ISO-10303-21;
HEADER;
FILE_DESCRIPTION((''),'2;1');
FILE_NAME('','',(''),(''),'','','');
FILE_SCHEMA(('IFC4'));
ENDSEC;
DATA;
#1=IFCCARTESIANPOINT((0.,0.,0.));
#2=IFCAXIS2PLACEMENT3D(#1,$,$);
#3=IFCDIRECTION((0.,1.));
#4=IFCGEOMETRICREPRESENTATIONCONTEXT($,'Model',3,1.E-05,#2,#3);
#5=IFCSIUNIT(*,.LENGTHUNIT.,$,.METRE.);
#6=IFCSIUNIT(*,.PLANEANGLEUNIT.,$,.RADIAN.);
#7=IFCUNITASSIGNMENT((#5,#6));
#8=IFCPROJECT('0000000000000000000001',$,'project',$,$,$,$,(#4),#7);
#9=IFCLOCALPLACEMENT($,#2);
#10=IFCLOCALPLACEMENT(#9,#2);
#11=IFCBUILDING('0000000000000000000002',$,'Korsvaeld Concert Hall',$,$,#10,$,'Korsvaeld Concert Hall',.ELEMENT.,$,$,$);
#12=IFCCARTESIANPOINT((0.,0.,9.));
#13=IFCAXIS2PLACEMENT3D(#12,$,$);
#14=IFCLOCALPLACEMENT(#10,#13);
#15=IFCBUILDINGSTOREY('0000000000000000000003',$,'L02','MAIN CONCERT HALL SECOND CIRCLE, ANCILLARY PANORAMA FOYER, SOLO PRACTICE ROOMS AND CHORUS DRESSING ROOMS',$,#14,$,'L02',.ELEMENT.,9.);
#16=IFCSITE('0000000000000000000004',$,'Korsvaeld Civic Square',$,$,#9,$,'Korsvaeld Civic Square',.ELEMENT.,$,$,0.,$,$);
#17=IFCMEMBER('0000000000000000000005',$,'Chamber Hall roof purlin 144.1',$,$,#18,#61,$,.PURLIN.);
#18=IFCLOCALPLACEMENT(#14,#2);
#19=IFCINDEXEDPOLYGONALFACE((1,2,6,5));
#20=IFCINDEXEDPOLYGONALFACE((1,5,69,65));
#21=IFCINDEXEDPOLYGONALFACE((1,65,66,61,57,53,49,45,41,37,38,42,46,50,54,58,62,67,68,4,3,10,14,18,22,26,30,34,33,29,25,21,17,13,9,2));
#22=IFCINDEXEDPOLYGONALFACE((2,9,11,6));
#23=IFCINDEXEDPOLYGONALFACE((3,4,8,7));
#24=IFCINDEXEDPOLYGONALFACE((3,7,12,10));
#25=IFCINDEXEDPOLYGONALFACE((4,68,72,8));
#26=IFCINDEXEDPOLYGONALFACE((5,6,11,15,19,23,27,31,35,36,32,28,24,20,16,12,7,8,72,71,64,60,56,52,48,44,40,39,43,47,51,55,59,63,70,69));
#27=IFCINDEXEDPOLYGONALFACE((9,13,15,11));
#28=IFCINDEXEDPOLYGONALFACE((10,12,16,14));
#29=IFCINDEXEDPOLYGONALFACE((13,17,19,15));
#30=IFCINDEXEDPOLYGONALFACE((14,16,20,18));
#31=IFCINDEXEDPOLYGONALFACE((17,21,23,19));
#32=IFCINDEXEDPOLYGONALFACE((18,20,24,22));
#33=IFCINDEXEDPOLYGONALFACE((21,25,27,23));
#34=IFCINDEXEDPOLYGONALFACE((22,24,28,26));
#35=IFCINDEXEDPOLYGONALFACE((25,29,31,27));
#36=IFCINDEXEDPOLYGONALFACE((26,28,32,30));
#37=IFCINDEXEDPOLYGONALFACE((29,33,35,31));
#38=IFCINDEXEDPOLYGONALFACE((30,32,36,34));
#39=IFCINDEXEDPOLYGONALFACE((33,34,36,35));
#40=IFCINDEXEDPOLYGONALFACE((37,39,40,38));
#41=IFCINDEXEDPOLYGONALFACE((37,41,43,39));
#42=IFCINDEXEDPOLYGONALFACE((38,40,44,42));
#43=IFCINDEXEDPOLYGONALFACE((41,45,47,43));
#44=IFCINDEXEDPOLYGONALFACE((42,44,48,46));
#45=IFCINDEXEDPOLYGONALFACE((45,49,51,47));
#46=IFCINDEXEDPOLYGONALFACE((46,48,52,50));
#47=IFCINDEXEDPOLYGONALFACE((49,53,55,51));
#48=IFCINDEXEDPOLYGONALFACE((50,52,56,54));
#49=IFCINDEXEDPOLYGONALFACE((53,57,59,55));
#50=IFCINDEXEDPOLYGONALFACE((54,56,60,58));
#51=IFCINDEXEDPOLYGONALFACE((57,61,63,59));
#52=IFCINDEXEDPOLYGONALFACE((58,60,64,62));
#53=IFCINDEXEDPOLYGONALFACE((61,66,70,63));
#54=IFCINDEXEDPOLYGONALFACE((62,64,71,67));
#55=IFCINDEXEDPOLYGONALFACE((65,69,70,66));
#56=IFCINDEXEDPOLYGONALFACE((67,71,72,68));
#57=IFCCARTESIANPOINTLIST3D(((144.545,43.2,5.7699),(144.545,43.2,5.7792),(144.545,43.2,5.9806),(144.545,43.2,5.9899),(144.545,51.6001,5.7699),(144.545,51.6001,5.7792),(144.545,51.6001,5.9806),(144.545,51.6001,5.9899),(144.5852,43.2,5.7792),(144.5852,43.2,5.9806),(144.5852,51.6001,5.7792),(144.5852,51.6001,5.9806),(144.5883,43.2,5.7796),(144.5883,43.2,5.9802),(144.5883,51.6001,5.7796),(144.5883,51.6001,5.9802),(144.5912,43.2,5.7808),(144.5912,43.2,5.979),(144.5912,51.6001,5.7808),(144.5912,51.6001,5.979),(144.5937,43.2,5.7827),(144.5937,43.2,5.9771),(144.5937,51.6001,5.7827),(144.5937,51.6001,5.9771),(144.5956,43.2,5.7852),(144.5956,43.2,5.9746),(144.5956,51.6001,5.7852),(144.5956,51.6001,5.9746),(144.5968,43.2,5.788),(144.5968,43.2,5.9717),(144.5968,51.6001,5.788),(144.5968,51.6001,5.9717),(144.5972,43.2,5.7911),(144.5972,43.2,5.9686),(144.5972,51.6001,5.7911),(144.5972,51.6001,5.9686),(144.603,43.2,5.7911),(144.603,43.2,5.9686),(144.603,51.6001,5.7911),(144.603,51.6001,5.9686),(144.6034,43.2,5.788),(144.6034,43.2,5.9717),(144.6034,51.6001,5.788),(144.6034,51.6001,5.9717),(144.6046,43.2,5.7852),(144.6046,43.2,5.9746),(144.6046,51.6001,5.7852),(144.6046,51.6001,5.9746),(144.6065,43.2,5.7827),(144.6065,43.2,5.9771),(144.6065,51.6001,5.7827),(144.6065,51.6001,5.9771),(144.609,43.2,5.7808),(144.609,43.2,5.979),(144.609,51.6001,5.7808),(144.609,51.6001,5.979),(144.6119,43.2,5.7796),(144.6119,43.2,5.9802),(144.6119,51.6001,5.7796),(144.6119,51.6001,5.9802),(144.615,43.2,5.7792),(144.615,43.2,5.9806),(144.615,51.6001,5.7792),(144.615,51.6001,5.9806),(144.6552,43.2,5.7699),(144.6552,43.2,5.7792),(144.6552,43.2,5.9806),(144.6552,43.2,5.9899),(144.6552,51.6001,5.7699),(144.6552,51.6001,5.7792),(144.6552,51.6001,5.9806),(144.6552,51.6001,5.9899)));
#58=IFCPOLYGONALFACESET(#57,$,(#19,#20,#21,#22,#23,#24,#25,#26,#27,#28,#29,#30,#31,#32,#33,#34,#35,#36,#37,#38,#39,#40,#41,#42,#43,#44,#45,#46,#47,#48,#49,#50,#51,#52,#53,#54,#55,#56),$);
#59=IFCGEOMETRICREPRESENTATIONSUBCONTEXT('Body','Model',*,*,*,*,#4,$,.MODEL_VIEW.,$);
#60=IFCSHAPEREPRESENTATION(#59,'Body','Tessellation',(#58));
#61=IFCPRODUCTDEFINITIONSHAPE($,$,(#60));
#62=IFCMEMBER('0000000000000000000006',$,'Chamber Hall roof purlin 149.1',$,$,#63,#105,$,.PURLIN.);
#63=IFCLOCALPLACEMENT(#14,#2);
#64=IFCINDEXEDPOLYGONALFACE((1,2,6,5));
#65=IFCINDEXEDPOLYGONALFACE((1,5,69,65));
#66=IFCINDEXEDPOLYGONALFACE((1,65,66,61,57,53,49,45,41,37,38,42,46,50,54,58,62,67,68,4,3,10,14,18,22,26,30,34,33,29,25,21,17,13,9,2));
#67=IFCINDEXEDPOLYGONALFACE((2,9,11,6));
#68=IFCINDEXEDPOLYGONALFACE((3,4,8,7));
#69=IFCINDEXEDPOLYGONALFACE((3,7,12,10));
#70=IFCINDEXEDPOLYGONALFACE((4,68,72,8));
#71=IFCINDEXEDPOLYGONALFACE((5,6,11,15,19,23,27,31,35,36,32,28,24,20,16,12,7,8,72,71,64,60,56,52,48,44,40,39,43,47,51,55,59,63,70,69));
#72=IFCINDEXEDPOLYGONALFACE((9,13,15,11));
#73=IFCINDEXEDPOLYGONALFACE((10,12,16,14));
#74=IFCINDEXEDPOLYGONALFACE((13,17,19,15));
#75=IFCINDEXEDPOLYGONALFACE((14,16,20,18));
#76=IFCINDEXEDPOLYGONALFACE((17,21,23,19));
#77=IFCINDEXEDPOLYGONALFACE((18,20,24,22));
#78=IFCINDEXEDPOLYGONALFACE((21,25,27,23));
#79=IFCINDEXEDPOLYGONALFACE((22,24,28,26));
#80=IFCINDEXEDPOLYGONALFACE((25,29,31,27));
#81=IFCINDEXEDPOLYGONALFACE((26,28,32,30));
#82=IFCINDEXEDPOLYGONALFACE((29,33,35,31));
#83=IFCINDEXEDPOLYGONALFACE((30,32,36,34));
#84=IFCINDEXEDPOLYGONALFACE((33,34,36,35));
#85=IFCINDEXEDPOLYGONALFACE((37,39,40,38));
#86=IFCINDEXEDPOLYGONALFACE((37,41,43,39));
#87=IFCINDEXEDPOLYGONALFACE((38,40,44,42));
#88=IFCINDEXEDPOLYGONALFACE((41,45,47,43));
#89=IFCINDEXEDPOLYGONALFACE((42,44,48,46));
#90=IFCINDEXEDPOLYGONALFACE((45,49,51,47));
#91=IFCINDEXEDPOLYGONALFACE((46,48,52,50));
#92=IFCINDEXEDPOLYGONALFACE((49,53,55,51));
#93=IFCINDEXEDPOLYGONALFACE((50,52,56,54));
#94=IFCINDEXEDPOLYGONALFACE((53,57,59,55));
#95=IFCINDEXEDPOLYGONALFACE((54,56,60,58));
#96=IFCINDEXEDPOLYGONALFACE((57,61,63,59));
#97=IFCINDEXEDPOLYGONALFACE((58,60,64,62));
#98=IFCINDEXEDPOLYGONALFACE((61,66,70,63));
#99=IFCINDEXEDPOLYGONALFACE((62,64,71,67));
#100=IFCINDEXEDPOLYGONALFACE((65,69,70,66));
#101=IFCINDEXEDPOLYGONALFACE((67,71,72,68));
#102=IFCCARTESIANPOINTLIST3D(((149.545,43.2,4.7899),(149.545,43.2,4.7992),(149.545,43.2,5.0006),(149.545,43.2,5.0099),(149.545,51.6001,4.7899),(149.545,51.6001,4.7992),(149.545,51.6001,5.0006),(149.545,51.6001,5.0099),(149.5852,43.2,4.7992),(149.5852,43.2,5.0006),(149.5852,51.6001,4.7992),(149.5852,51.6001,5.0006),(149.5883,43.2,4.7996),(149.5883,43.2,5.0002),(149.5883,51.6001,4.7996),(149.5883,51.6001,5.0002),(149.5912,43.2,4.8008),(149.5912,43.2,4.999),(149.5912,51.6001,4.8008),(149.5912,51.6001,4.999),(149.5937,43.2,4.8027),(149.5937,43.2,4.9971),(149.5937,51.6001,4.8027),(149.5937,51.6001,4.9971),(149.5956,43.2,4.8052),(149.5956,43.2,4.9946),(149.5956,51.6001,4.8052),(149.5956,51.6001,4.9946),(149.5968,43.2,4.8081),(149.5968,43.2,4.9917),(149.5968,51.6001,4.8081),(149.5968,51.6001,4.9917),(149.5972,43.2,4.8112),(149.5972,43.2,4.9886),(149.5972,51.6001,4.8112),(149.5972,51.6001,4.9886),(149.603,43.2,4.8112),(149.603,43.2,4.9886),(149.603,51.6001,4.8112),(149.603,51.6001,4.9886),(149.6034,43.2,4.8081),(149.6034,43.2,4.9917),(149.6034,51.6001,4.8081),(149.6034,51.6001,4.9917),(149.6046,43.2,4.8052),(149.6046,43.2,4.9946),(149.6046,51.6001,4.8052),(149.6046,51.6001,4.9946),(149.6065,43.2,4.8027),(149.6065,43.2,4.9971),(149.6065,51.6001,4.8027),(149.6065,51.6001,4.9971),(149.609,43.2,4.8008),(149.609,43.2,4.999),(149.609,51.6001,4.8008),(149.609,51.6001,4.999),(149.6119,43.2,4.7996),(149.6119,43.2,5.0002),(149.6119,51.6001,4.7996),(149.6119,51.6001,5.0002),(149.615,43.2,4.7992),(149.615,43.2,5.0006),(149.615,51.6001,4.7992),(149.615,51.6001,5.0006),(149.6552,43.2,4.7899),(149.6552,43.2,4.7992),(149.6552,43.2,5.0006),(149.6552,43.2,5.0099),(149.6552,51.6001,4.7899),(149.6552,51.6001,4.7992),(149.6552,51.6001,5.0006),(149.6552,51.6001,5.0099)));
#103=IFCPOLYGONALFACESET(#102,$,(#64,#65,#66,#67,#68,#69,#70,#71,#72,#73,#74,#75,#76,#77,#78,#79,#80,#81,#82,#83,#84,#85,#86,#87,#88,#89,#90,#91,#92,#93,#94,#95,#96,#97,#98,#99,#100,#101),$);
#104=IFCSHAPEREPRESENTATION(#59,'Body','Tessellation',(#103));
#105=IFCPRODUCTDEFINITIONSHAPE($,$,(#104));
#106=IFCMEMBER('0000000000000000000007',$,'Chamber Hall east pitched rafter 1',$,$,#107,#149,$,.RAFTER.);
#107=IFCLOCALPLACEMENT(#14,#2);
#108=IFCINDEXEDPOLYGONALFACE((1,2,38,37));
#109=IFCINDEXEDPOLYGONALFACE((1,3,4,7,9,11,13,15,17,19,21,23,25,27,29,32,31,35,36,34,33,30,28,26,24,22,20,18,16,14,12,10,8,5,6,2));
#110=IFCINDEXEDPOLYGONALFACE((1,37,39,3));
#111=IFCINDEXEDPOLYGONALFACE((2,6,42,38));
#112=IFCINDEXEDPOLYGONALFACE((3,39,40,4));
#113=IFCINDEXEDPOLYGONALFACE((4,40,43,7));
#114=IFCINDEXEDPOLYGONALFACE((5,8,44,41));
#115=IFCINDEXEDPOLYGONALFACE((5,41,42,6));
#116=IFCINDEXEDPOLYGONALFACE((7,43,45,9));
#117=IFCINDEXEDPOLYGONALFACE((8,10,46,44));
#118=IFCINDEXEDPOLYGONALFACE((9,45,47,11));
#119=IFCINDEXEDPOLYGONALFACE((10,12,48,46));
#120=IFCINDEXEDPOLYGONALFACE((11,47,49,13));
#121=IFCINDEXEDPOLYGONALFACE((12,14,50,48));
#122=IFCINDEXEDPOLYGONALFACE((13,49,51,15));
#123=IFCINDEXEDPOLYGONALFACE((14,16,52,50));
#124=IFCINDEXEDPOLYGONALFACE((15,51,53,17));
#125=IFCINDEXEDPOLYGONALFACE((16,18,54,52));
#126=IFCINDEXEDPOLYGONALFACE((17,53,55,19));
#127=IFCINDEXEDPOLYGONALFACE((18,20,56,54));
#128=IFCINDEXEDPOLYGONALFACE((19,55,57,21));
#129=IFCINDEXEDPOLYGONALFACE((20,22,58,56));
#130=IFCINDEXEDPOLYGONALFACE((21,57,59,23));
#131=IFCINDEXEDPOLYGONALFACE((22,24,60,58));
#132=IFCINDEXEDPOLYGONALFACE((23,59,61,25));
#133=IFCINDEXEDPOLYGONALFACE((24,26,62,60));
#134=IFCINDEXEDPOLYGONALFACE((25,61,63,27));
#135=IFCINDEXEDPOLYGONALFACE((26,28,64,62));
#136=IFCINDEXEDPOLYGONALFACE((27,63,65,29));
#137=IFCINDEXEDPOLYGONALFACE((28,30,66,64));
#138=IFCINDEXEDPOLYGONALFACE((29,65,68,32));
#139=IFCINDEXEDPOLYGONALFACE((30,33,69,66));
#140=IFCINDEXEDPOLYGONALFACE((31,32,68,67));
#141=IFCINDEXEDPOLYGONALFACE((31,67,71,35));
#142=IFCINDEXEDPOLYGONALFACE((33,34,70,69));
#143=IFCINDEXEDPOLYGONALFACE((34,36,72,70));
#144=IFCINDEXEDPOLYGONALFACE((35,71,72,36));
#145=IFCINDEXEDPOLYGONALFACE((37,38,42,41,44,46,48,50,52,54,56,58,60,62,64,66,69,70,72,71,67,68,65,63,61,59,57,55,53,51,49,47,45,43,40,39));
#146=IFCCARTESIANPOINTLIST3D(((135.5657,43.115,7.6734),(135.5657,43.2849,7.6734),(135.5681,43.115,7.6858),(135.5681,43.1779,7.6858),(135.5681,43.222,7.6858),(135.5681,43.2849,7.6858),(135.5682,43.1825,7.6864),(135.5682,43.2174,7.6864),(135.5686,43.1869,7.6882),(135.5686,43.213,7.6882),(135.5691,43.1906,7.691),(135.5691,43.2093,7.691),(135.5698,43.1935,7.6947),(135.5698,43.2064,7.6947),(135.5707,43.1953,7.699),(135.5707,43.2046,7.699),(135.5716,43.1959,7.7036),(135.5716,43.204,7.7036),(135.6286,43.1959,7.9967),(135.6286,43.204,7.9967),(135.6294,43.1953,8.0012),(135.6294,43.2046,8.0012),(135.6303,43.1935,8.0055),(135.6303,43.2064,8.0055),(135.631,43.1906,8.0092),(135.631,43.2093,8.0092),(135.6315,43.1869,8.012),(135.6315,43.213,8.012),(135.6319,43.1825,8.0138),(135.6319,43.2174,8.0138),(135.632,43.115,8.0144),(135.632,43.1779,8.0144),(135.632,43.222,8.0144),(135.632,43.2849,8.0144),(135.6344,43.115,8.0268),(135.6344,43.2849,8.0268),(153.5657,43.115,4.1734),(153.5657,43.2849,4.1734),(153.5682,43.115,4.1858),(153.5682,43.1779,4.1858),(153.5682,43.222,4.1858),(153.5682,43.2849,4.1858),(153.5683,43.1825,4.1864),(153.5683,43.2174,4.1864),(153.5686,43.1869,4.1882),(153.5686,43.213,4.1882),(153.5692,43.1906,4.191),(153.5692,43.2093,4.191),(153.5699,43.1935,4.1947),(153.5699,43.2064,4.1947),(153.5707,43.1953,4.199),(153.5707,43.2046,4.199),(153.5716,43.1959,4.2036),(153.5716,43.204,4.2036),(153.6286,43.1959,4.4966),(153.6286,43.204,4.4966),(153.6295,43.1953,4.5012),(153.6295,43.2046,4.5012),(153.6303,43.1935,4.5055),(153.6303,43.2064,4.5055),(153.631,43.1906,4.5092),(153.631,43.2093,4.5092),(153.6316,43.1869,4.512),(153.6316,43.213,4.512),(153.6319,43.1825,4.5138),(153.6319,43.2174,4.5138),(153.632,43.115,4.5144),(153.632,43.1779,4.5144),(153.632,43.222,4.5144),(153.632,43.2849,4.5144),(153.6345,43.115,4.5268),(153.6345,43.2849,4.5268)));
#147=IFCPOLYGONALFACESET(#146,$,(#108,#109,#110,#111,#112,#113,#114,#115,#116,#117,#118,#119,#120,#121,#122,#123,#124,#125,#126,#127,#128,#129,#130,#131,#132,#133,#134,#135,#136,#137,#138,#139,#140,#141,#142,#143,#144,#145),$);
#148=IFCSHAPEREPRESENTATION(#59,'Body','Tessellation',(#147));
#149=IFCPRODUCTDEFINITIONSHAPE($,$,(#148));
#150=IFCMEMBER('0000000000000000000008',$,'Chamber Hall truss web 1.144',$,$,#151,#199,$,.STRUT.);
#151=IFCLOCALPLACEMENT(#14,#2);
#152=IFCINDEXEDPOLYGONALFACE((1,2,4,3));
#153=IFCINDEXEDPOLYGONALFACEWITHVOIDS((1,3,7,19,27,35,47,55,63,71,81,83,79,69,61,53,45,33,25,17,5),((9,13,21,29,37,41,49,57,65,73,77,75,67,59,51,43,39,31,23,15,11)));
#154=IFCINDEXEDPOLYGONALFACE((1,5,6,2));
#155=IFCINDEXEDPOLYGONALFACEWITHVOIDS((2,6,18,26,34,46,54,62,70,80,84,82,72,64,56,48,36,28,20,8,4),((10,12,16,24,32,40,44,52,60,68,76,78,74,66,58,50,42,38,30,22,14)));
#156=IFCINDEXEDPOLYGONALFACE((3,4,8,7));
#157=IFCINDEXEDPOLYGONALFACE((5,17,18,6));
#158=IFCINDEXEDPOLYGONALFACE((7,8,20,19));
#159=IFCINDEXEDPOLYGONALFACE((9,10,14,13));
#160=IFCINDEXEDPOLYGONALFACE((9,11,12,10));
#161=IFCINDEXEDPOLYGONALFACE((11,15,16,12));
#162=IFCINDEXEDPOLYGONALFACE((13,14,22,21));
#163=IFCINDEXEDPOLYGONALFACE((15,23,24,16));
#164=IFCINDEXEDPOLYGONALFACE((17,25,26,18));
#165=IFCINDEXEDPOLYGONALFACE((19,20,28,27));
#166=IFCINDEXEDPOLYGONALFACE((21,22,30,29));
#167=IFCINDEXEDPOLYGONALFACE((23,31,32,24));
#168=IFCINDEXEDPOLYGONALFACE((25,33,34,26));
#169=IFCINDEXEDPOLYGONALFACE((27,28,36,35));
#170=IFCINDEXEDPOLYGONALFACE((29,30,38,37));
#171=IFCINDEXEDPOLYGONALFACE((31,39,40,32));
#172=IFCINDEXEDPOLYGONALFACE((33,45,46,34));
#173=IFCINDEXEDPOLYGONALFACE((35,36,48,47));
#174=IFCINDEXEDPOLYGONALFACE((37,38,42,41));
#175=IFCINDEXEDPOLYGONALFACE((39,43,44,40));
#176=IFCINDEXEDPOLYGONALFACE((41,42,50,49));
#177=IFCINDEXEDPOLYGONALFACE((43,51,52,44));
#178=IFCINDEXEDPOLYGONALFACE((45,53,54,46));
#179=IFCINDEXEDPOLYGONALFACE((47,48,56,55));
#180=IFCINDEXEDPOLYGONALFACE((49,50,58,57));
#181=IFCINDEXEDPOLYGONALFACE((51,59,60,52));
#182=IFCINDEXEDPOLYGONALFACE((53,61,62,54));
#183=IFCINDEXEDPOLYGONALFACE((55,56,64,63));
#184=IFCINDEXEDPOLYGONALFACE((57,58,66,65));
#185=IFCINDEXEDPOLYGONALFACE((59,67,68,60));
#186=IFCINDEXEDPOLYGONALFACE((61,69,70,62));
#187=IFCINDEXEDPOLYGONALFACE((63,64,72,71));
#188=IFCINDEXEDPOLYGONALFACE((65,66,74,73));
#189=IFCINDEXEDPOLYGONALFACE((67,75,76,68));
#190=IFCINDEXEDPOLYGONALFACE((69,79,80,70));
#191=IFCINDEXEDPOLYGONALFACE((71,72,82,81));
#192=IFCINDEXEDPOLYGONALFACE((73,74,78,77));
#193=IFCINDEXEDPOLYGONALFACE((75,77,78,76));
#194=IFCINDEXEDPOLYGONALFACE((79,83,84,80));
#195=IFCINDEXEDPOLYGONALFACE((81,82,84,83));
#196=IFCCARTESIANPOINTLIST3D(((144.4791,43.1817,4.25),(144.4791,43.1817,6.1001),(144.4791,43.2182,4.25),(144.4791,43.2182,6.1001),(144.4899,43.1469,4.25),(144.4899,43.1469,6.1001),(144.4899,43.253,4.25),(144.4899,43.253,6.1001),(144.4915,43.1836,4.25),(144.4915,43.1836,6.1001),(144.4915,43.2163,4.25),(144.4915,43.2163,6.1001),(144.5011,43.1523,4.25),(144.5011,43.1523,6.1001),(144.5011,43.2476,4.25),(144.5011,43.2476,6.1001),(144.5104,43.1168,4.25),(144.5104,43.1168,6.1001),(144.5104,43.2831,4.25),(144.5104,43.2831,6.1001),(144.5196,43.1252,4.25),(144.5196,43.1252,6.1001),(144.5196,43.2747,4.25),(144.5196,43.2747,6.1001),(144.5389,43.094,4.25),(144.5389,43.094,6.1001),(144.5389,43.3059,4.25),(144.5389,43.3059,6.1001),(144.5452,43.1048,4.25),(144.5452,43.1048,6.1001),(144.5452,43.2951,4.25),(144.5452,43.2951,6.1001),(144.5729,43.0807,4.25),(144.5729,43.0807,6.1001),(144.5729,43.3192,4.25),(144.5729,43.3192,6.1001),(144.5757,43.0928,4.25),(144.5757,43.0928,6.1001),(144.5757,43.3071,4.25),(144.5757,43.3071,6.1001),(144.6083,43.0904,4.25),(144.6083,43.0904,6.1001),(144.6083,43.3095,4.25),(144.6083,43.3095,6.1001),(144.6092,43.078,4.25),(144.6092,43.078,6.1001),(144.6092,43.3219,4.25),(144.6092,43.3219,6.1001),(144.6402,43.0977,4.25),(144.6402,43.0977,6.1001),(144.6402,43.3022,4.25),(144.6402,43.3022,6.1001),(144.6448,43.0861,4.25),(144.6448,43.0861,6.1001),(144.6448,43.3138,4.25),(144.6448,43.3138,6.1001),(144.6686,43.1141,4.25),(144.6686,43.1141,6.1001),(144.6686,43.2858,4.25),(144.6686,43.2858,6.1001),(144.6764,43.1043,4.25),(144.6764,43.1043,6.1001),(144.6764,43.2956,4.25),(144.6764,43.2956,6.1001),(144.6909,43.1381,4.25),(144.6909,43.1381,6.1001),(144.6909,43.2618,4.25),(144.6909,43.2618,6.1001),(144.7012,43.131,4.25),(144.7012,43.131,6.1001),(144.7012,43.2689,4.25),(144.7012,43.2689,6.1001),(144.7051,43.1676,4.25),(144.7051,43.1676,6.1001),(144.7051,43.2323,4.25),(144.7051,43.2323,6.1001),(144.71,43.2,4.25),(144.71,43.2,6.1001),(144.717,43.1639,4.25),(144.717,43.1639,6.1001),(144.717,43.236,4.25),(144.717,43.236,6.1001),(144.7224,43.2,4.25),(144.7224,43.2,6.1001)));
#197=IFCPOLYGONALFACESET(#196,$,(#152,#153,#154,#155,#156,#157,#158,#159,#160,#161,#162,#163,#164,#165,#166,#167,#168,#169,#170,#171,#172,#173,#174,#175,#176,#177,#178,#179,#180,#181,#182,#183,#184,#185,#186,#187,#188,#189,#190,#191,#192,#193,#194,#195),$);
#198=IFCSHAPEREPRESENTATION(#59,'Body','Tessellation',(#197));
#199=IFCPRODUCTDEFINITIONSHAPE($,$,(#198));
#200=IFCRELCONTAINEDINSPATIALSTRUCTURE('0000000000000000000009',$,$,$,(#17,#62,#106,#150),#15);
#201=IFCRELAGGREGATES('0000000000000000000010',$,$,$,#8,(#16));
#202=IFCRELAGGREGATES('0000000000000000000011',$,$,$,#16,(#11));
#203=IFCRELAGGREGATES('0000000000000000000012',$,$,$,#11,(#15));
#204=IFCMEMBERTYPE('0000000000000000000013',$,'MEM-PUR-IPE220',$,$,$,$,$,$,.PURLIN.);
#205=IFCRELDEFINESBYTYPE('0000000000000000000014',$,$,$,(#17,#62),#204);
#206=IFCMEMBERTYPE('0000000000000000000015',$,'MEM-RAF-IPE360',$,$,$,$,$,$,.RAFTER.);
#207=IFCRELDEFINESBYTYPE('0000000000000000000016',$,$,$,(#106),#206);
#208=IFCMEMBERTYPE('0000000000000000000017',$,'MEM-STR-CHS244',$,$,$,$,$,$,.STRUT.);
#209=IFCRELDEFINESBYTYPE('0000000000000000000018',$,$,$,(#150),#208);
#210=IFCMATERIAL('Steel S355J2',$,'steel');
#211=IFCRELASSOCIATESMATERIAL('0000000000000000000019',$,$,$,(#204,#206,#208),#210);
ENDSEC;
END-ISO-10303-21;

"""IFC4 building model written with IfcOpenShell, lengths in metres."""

from ifc_helpers import new_model, si_unit, direction, frame, origin, origin_2d, place, context, subcontext, project, spatial, hollow_circle, i_section, extrude, material, material_profile, profile_set, type_object, element, save


model = new_model("IFC4")

# Units and contexts
model_context = context("Model", 3, precision=1e-05, world=origin(), true_north=direction((0.0, 1.0)))
body_context = subcontext(model_context, "Body", "Model", "MODEL_VIEW")
ifc_project = project(units=[si_unit("LENGTHUNIT", "METRE"), si_unit("PLANEANGLEUNIT", "RADIAN")], contexts=[model_context])

# Site, building, storey
site_placement = place(None, origin())
site = spatial("IfcSite", under=ifc_project, at=site_placement, Name="Korsvaeld Civic Square", LongName="Korsvaeld Civic Square", CompositionType="ELEMENT", RefElevation=0.0)
building_placement = place(site_placement, origin())
building = spatial("IfcBuilding", under=site, at=building_placement, Name="Korsvaeld Concert Hall", LongName="Korsvaeld Concert Hall", CompositionType="ELEMENT")
storey_placement = place(building_placement, frame((0.0, 0.0, 9.0)))
storey = spatial("IfcBuildingStorey", under=building, at=storey_placement, Name="L02", Description="MAIN CONCERT HALL SECOND CIRCLE, ANCILLARY PANORAMA FOYER, SOLO PRACTICE ROOMS AND CHORUS DRESSING ROOMS", LongName="L02", CompositionType="ELEMENT", Elevation=9.0)

# Members
ifc_material_1 = material(Name="Steel S355J2", Category="steel")
ifc_material_profile_1 = material_profile(ifc_material_1, i_section(OverallWidth=0.1101, OverallDepth=0.22, WebThickness=0.0059, FlangeThickness=0.0093, FilletRadius=0.012, at=origin_2d()), Name="IPE 220")
ifc_profile_set_1 = profile_set([ifc_material_profile_1], Name="Steel S355J2")
member_type_1 = type_object("IfcMemberType", Name="MEM-PUR-IPE220", PredefinedType="PURLIN", material=ifc_profile_set_1)
for number, where, z_axis, x_axis, name in (
    (1, (144.6001, 43.2, 5.8799), (0.0, 1.0, 0.0), (-1.0, 0.0, 0.0), "Chamber Hall roof purlin 144.1"),
    (2, (149.6001, 43.2, 4.8999), (0.0, 1.0, 0.0), (-1.0, 0.0, 0.0), "Chamber Hall roof purlin 149.1"),
):
    element("IfcMember", number, at=place(storey_placement, frame(where, z_axis=z_axis, x_axis=x_axis)), inside=storey, type_object=member_type_1, Name=name, PredefinedType="PURLIN", context=body_context, shape_type="SweptSolid", body=[
        extrude(i_section(OverallWidth=0.1101, OverallDepth=0.22, WebThickness=0.0059, FlangeThickness=0.0093, FilletRadius=0.012, at=origin_2d()), origin(), (0.0, 0.0, 1.0), 8.4001),
    ])
ifc_material_profile_2 = material_profile(ifc_material_1, i_section(OverallWidth=0.1699, OverallDepth=0.3601, WebThickness=0.0081, FlangeThickness=0.0127, FilletRadius=0.0181, at=origin_2d()), Name="IPE 360")
ifc_profile_set_2 = profile_set([ifc_material_profile_2], Name="Steel S355J2")
member_type_2 = type_object("IfcMemberType", Name="MEM-RAF-IPE360", PredefinedType="RAFTER", material=ifc_profile_set_2)
member_1_placement = place(storey_placement, frame((153.6001, 43.2, 4.3501), z_axis=(-0.981615, 0.0, 0.19087), x_axis=(0.0, -1.0, 0.0)))
element("IfcMember", 3, at=member_1_placement, inside=storey, type_object=member_type_2, Name="Chamber Hall east pitched rafter 1", PredefinedType="RAFTER", context=body_context, shape_type="SweptSolid", body=[
    extrude(i_section(OverallWidth=0.1699, OverallDepth=0.3601, WebThickness=0.0081, FlangeThickness=0.0127, FilletRadius=0.0181, at=origin_2d()), origin(), (0.0, 0.0, 1.0), 18.3372),
])
ifc_material_profile_3 = material_profile(ifc_material_1, hollow_circle(Radius=0.1223, WallThickness=0.0125, at=origin_2d()), Name="CHS 244.5x12.5")
ifc_profile_set_3 = profile_set([ifc_material_profile_3], Name="Steel S355J2")
member_type_3 = type_object("IfcMemberType", Name="MEM-STR-CHS244", PredefinedType="STRUT", material=ifc_profile_set_3)
member_2_placement = place(storey_placement, frame((144.6001, 43.2, 4.25), z_axis=(0.0, 0.0, 1.0), x_axis=(1.0, 0.0, 0.0)))
element("IfcMember", 4, at=member_2_placement, inside=storey, type_object=member_type_3, Name="Chamber Hall truss web 1.144", PredefinedType="STRUT", context=body_context, shape_type="SweptSolid", body=[
    extrude(hollow_circle(Radius=0.1223, WallThickness=0.0125, at=origin_2d()), origin(), (0.0, 0.0, 1.0), 1.8501),
])

save(model, "model.ifc")
